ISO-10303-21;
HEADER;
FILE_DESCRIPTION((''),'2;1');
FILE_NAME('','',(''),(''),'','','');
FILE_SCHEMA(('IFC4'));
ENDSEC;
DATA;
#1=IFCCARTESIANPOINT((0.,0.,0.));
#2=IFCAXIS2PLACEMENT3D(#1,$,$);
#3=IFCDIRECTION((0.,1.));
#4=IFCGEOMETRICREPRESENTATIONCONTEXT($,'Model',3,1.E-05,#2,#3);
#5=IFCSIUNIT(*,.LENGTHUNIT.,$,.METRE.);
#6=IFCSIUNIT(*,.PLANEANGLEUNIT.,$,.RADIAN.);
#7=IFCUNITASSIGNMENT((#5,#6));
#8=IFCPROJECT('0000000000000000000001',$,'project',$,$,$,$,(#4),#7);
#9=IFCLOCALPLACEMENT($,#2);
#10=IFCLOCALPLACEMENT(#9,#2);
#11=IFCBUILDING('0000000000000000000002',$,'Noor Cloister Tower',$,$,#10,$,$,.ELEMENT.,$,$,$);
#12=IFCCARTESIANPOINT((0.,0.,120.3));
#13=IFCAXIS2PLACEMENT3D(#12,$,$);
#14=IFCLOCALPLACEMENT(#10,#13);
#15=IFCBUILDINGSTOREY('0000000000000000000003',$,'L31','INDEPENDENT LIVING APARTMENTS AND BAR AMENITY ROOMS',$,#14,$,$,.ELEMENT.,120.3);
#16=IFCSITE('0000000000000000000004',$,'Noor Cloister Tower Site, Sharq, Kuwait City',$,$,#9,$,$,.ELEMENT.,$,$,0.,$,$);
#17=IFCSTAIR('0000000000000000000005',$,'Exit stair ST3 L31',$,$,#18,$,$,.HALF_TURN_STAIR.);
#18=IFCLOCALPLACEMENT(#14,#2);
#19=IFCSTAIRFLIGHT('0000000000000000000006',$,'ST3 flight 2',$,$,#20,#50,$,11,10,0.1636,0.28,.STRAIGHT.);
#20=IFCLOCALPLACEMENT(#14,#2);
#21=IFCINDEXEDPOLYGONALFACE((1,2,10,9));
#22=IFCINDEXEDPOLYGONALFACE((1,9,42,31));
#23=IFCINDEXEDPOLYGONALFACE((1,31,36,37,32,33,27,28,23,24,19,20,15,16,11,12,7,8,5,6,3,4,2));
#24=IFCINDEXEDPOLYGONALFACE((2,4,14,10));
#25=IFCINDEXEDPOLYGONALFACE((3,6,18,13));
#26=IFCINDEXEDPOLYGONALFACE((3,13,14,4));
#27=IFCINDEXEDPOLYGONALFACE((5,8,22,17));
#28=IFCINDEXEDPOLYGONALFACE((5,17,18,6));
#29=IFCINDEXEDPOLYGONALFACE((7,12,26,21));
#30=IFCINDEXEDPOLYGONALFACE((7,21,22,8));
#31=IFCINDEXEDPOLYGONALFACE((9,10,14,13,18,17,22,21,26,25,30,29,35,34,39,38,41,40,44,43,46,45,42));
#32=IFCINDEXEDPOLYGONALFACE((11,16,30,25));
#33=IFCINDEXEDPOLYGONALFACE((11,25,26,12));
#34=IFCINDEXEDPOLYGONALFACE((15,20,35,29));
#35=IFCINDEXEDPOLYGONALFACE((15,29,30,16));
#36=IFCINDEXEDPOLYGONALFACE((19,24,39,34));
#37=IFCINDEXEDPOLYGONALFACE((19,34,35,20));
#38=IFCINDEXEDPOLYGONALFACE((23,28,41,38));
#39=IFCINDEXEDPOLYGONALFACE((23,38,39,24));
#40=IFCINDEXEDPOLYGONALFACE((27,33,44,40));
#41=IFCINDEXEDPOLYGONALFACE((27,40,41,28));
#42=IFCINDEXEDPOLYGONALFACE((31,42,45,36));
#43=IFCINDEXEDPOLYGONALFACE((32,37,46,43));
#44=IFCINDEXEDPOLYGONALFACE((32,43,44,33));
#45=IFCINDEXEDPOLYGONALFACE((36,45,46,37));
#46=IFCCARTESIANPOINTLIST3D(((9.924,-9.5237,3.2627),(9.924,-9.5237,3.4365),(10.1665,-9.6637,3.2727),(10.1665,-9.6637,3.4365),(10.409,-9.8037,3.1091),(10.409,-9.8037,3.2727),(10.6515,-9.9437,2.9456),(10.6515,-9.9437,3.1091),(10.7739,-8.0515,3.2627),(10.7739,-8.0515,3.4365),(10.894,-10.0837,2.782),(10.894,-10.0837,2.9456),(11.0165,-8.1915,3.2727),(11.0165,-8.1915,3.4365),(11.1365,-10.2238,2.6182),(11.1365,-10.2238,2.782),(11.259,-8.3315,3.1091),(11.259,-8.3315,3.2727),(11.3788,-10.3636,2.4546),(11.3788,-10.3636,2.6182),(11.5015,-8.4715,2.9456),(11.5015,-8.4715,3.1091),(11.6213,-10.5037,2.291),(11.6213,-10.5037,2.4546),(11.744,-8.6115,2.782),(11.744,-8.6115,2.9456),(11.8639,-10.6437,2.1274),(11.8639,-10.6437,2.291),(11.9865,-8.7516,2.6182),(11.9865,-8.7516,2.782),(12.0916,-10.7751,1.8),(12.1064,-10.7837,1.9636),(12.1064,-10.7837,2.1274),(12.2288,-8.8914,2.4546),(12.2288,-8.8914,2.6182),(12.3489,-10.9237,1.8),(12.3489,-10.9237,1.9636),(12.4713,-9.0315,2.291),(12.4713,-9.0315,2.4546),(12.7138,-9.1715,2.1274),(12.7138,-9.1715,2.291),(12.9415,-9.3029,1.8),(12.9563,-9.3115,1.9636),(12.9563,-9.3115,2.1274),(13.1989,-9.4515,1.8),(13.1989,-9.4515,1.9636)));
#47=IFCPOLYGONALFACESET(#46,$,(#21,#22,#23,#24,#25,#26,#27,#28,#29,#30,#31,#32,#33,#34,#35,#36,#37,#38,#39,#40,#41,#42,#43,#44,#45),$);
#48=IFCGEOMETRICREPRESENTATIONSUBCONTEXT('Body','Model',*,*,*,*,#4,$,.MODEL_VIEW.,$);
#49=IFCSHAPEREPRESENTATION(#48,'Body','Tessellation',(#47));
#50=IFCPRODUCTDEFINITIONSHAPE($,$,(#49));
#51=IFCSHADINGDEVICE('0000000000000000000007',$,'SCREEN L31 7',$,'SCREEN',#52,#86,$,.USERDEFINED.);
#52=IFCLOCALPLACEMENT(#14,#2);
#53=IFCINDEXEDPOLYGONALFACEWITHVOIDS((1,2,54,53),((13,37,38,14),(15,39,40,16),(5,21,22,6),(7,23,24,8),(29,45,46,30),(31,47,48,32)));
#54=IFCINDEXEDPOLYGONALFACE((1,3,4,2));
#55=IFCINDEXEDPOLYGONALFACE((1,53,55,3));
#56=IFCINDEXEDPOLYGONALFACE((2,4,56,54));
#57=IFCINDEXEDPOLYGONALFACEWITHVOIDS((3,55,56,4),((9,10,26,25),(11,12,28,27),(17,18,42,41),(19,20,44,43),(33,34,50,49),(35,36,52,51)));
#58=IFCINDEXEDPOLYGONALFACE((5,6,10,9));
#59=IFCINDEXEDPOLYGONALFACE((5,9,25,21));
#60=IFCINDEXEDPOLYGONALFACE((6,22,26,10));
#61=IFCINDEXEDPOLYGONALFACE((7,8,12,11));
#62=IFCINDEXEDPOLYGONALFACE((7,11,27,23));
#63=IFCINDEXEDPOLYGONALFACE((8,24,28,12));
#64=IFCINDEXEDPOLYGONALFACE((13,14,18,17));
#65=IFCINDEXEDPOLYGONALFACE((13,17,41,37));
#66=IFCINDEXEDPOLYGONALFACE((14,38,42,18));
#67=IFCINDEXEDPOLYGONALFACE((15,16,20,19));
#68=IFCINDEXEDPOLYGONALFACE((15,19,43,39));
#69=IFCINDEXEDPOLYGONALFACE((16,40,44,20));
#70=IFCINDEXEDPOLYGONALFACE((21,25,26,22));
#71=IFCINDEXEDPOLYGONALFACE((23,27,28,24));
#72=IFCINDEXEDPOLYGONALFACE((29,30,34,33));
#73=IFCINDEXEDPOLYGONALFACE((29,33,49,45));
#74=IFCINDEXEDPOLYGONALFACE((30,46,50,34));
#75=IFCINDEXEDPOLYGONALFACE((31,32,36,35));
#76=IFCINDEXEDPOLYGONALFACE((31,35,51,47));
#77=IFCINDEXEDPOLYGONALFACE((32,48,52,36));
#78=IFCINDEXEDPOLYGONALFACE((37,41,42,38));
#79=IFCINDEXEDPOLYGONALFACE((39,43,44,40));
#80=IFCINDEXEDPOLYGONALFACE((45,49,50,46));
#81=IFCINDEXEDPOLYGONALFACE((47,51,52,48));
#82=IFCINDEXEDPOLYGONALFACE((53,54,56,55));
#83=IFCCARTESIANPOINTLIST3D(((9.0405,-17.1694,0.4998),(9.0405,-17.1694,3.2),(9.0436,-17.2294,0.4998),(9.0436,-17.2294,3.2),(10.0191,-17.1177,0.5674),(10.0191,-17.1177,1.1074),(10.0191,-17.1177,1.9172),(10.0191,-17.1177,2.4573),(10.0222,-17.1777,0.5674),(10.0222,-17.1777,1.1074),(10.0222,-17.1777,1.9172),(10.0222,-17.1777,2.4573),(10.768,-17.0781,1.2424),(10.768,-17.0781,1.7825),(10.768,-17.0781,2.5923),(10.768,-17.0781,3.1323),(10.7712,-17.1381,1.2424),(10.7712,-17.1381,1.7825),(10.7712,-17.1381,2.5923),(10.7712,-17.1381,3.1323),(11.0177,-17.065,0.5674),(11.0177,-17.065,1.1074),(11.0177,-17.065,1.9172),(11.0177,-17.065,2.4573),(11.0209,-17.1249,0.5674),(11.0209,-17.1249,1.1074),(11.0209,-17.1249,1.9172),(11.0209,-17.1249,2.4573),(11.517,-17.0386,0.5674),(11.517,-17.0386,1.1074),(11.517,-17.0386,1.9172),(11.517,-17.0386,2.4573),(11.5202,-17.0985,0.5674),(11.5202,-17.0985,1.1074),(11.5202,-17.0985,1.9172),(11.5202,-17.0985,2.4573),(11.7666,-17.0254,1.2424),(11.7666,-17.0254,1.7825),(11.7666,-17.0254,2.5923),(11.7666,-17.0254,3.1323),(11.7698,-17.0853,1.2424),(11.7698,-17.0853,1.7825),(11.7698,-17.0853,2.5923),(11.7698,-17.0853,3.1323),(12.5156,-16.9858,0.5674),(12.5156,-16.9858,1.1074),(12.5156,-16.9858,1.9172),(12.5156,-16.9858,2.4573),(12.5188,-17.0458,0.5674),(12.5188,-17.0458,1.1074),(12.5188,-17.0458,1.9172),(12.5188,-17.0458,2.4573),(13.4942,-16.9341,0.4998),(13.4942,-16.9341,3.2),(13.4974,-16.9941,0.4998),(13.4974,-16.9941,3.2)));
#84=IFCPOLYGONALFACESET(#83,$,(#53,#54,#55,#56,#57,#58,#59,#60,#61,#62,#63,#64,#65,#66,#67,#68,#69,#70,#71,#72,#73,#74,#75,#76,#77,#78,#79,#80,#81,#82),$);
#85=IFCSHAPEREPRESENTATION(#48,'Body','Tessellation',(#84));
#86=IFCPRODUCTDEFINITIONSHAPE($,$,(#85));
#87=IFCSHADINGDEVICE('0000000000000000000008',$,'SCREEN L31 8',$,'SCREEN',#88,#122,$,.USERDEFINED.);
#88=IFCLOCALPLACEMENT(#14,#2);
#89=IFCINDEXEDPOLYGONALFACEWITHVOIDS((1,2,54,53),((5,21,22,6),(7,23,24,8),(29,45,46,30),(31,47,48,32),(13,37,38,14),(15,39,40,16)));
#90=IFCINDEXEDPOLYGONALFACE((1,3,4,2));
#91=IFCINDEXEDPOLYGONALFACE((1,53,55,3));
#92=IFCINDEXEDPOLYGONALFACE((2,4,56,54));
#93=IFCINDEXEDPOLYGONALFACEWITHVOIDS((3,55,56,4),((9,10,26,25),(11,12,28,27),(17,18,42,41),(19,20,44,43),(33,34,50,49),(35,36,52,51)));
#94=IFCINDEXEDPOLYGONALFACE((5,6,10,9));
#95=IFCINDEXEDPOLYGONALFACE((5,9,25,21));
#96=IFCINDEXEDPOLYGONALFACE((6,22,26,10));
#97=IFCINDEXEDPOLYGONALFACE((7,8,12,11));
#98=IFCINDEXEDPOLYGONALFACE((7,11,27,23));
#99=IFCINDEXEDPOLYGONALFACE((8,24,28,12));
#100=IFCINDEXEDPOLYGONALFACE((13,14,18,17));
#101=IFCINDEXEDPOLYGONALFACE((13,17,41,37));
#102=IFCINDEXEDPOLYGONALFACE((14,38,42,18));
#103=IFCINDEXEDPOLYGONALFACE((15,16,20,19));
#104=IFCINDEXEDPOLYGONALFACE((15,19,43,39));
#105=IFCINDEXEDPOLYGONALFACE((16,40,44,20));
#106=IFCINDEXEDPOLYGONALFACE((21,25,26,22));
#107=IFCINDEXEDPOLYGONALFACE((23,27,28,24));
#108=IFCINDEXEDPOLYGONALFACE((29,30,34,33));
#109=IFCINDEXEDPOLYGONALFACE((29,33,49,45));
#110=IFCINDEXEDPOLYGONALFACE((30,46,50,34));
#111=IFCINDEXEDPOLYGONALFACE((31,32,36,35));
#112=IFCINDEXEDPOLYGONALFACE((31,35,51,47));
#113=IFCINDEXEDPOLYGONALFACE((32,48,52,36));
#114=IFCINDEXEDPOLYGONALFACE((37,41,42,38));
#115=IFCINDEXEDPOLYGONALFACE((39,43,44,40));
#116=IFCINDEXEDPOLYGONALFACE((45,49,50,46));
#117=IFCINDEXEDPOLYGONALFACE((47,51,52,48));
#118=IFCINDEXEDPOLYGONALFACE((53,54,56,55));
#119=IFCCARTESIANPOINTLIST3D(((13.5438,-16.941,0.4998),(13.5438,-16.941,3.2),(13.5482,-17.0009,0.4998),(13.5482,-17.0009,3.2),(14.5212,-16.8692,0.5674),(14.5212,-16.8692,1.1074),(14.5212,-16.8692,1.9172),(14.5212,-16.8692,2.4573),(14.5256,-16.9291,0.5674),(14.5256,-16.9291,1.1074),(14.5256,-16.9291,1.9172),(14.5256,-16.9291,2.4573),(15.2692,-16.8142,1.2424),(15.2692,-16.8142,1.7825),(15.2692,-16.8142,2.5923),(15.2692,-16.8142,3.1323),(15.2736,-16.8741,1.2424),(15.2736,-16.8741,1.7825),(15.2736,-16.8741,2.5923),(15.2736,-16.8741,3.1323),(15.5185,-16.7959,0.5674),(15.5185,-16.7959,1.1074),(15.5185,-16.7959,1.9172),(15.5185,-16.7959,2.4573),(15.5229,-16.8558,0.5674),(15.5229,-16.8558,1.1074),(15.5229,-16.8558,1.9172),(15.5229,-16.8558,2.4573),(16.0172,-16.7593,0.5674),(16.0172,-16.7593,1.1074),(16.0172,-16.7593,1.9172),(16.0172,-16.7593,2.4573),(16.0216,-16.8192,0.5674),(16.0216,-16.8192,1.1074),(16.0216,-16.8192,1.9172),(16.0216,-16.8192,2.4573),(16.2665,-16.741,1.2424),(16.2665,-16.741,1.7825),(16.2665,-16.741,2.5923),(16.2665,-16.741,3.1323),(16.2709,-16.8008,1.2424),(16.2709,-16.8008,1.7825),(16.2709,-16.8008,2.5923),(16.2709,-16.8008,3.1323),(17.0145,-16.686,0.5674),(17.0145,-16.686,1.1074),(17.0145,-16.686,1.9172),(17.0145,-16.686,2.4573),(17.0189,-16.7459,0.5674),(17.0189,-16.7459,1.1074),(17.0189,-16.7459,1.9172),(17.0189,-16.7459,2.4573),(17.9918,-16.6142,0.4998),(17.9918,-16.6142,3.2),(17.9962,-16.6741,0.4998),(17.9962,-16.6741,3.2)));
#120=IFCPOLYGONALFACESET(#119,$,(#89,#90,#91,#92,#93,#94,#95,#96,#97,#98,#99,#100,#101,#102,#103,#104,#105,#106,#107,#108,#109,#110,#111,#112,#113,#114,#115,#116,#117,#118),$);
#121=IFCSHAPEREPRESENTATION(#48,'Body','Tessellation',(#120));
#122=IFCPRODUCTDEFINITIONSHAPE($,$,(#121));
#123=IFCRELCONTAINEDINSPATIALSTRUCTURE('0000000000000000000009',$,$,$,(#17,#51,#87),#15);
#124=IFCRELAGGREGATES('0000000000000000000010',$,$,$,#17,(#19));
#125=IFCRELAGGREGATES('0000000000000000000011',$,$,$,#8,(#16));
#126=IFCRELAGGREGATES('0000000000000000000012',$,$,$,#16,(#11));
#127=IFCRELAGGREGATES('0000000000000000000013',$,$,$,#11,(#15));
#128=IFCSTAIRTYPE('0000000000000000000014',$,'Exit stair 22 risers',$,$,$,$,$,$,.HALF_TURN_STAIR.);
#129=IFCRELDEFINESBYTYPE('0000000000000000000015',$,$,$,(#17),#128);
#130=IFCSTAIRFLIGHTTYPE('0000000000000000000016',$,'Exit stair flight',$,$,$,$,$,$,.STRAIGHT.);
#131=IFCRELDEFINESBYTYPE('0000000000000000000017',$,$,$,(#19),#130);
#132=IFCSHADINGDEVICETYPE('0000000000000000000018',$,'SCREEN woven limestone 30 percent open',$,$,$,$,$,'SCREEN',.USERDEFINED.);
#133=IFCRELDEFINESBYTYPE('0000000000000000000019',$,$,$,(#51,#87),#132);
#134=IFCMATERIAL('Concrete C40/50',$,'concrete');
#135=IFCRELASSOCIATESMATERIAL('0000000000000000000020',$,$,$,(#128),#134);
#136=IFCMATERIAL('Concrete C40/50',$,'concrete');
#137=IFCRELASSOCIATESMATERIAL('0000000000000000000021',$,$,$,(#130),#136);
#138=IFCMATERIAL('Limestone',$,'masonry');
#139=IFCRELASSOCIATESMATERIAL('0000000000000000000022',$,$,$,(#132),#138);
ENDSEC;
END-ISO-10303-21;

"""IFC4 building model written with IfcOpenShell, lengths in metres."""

from ifc_helpers import new_model, si_unit, direction, frame, origin, place, context, subcontext, project, spatial, polyline, outline, extrude, material, material_profile, profile_set, type_object, element, aggregate, save


model = new_model("IFC4")

# Units and contexts
model_context = context("Model", 3, precision=1e-05, world=origin(), true_north=direction((0.0, 1.0)))
body_context = subcontext(model_context, "Body", "Model", "MODEL_VIEW")
ifc_project = project(units=[si_unit("LENGTHUNIT", "METRE"), si_unit("PLANEANGLEUNIT", "RADIAN")], contexts=[model_context])

# Site, building, storey
site_placement = place(None, origin())
site = spatial("IfcSite", under=ifc_project, at=site_placement, Name="Noor Cloister Tower Site, Sharq, Kuwait City", CompositionType="ELEMENT", RefElevation=0.0)
building_placement = place(site_placement, origin())
building = spatial("IfcBuilding", under=site, at=building_placement, Name="Noor Cloister Tower", CompositionType="ELEMENT")
storey_placement = place(building_placement, frame((0.0, 0.0, 120.3)))
storey = spatial("IfcBuildingStorey", under=building, at=storey_placement, Name="L31", Description="INDEPENDENT LIVING APARTMENTS AND BAR AMENITY ROOMS", CompositionType="ELEMENT", Elevation=120.3)

# Stair, stair flight
ifc_material_1 = material(Name="Concrete C40/50", Category="concrete")
stair_type = type_object("IfcStairType", Name="Exit stair 22 risers", PredefinedType="HALF_TURN_STAIR", material=ifc_material_1)
stair_placement = place(storey_placement, origin())
stair = element("IfcStair", 1, at=stair_placement, inside=storey, type_object=stair_type, Name="Exit stair ST3 L31", PredefinedType="HALF_TURN_STAIR")
ifc_material_2 = material(Name="Concrete C40/50", Category="concrete")
stair_flight_type = type_object("IfcStairFlightType", Name="Exit stair flight", PredefinedType="STRAIGHT", material=ifc_material_2)
stair_flight_placement = place(storey_placement, frame((12.7739, -10.1875, 1.8), z_axis=(0.0, 0.0, 1.0), x_axis=(-0.866025, 0.5, 0.0)))
stair_flight = element("IfcStairFlight", 2, at=stair_flight_placement, type_object=stair_flight_type, Name="ST3 flight 2", NumberOfRisers=11, NumberOfTreads=10, PredefinedType="STRAIGHT", RiserHeight=0.1636, TreadLength=0.28, context=body_context, shape_type="SweptSolid", body=[
    extrude(outline(polyline([(0.0, 0.0), (0.0, 0.1636), (0.28, 0.1636), (0.28, 0.3274), (0.5601, 0.3274), (0.5601, 0.491), (0.8401, 0.491), (0.8401, 0.6545), (1.1201, 0.6545), (1.1201, 0.8181), (1.3999, 0.8181), (1.3999, 0.9819), (1.6799, 0.9819), (1.6799, 1.1455), (1.96, 1.1455), (1.96, 1.3091), (2.24, 1.3091), (2.24, 1.4727), (2.52, 1.4727), (2.52, 1.6365), (2.8, 1.6365), (2.8, 1.8), (2.8, 1.4626), (0.2971, 0.0), (0.0, 0.0)])), frame((0.0, 0.8501, 0.0), z_axis=(0.0, -1.0, 0.0), x_axis=(1.0, 0.0, 0.0)), (0.0, 0.0, 1.0), 1.7),
])
aggregate(stair, [stair_flight])

# Shading devices
ifc_material_3 = material(Name="Limestone", Category="masonry")
ifc_material_profile_1 = material_profile(ifc_material_3, outline(polyline([(-2.23, -1.3501), (2.23, -1.3501), (2.23, 1.3501), (-2.23, 1.3501), (-2.23, -1.3501)]), holes=[polyline([(-1.25, -1.2825), (-0.25, -1.2825), (-0.25, -0.7424), (-1.25, -0.7424), (-1.25, -1.2825)]), polyline([(0.25, -1.2825), (1.25, -1.2825), (1.25, -0.7424), (0.25, -0.7424), (0.25, -1.2825)]), polyline([(-0.5, -0.6074), (0.5, -0.6074), (0.5, -0.0674), (-0.5, -0.0674), (-0.5, -0.6074)]), polyline([(-1.25, 0.0674), (-0.25, 0.0674), (-0.25, 0.6074), (-1.25, 0.6074), (-1.25, 0.0674)]), polyline([(0.25, 0.0674), (1.25, 0.0674), (1.25, 0.6074), (0.25, 0.6074), (0.25, 0.0674)]), polyline([(-0.5, 0.7424), (0.5, 0.7424), (0.5, 1.2825), (-0.5, 1.2825), (-0.5, 0.7424)])]), Name="Woven screen 30 percent open")
ifc_profile_set_1 = profile_set([ifc_material_profile_1], Name="Limestone")
shading_device_type = type_object("IfcShadingDeviceType", Name="SCREEN woven limestone 30 percent open", ElementType="SCREEN", PredefinedType="USERDEFINED", material=ifc_profile_set_1)
for number, where, z_axis, x_axis, name in (
    (3, (11.2673, -17.0518, 1.8499), (0.052772, -0.998607, 0.0), (0.998607, 0.052772, 0.0), "SCREEN L31 7"),
    (4, (15.7678, -16.7776, 1.8499), (0.073272, -0.997312, 0.0), (0.997312, 0.073272, 0.0), "SCREEN L31 8"),
):
    element("IfcShadingDevice", number, at=place(storey_placement, frame(where, z_axis=z_axis, x_axis=x_axis)), inside=storey, type_object=shading_device_type, Name=name, ObjectType="SCREEN", PredefinedType="USERDEFINED", context=body_context, shape_type="SweptSolid", body=[
        extrude(outline(polyline([(-2.23, -1.3501), (2.23, -1.3501), (2.23, 1.3501), (-2.23, 1.3501), (-2.23, -1.3501)]), holes=[polyline([(-1.25, -1.2825), (-0.25, -1.2825), (-0.25, -0.7424), (-1.25, -0.7424), (-1.25, -1.2825)]), polyline([(0.25, -1.2825), (1.25, -1.2825), (1.25, -0.7424), (0.25, -0.7424), (0.25, -1.2825)]), polyline([(-0.5, -0.6074), (0.5, -0.6074), (0.5, -0.0674), (-0.5, -0.0674), (-0.5, -0.6074)]), polyline([(-1.25, 0.0674), (-0.25, 0.0674), (-0.25, 0.6074), (-1.25, 0.6074), (-1.25, 0.0674)]), polyline([(0.25, 0.0674), (1.25, 0.0674), (1.25, 0.6074), (0.25, 0.6074), (0.25, 0.0674)]), polyline([(-0.5, 0.7424), (0.5, 0.7424), (0.5, 1.2825), (-0.5, 1.2825), (-0.5, 0.7424)])]), origin(), (0.0, 0.0, 1.0), 0.0601),
    ])

save(model, "model.ifc")
